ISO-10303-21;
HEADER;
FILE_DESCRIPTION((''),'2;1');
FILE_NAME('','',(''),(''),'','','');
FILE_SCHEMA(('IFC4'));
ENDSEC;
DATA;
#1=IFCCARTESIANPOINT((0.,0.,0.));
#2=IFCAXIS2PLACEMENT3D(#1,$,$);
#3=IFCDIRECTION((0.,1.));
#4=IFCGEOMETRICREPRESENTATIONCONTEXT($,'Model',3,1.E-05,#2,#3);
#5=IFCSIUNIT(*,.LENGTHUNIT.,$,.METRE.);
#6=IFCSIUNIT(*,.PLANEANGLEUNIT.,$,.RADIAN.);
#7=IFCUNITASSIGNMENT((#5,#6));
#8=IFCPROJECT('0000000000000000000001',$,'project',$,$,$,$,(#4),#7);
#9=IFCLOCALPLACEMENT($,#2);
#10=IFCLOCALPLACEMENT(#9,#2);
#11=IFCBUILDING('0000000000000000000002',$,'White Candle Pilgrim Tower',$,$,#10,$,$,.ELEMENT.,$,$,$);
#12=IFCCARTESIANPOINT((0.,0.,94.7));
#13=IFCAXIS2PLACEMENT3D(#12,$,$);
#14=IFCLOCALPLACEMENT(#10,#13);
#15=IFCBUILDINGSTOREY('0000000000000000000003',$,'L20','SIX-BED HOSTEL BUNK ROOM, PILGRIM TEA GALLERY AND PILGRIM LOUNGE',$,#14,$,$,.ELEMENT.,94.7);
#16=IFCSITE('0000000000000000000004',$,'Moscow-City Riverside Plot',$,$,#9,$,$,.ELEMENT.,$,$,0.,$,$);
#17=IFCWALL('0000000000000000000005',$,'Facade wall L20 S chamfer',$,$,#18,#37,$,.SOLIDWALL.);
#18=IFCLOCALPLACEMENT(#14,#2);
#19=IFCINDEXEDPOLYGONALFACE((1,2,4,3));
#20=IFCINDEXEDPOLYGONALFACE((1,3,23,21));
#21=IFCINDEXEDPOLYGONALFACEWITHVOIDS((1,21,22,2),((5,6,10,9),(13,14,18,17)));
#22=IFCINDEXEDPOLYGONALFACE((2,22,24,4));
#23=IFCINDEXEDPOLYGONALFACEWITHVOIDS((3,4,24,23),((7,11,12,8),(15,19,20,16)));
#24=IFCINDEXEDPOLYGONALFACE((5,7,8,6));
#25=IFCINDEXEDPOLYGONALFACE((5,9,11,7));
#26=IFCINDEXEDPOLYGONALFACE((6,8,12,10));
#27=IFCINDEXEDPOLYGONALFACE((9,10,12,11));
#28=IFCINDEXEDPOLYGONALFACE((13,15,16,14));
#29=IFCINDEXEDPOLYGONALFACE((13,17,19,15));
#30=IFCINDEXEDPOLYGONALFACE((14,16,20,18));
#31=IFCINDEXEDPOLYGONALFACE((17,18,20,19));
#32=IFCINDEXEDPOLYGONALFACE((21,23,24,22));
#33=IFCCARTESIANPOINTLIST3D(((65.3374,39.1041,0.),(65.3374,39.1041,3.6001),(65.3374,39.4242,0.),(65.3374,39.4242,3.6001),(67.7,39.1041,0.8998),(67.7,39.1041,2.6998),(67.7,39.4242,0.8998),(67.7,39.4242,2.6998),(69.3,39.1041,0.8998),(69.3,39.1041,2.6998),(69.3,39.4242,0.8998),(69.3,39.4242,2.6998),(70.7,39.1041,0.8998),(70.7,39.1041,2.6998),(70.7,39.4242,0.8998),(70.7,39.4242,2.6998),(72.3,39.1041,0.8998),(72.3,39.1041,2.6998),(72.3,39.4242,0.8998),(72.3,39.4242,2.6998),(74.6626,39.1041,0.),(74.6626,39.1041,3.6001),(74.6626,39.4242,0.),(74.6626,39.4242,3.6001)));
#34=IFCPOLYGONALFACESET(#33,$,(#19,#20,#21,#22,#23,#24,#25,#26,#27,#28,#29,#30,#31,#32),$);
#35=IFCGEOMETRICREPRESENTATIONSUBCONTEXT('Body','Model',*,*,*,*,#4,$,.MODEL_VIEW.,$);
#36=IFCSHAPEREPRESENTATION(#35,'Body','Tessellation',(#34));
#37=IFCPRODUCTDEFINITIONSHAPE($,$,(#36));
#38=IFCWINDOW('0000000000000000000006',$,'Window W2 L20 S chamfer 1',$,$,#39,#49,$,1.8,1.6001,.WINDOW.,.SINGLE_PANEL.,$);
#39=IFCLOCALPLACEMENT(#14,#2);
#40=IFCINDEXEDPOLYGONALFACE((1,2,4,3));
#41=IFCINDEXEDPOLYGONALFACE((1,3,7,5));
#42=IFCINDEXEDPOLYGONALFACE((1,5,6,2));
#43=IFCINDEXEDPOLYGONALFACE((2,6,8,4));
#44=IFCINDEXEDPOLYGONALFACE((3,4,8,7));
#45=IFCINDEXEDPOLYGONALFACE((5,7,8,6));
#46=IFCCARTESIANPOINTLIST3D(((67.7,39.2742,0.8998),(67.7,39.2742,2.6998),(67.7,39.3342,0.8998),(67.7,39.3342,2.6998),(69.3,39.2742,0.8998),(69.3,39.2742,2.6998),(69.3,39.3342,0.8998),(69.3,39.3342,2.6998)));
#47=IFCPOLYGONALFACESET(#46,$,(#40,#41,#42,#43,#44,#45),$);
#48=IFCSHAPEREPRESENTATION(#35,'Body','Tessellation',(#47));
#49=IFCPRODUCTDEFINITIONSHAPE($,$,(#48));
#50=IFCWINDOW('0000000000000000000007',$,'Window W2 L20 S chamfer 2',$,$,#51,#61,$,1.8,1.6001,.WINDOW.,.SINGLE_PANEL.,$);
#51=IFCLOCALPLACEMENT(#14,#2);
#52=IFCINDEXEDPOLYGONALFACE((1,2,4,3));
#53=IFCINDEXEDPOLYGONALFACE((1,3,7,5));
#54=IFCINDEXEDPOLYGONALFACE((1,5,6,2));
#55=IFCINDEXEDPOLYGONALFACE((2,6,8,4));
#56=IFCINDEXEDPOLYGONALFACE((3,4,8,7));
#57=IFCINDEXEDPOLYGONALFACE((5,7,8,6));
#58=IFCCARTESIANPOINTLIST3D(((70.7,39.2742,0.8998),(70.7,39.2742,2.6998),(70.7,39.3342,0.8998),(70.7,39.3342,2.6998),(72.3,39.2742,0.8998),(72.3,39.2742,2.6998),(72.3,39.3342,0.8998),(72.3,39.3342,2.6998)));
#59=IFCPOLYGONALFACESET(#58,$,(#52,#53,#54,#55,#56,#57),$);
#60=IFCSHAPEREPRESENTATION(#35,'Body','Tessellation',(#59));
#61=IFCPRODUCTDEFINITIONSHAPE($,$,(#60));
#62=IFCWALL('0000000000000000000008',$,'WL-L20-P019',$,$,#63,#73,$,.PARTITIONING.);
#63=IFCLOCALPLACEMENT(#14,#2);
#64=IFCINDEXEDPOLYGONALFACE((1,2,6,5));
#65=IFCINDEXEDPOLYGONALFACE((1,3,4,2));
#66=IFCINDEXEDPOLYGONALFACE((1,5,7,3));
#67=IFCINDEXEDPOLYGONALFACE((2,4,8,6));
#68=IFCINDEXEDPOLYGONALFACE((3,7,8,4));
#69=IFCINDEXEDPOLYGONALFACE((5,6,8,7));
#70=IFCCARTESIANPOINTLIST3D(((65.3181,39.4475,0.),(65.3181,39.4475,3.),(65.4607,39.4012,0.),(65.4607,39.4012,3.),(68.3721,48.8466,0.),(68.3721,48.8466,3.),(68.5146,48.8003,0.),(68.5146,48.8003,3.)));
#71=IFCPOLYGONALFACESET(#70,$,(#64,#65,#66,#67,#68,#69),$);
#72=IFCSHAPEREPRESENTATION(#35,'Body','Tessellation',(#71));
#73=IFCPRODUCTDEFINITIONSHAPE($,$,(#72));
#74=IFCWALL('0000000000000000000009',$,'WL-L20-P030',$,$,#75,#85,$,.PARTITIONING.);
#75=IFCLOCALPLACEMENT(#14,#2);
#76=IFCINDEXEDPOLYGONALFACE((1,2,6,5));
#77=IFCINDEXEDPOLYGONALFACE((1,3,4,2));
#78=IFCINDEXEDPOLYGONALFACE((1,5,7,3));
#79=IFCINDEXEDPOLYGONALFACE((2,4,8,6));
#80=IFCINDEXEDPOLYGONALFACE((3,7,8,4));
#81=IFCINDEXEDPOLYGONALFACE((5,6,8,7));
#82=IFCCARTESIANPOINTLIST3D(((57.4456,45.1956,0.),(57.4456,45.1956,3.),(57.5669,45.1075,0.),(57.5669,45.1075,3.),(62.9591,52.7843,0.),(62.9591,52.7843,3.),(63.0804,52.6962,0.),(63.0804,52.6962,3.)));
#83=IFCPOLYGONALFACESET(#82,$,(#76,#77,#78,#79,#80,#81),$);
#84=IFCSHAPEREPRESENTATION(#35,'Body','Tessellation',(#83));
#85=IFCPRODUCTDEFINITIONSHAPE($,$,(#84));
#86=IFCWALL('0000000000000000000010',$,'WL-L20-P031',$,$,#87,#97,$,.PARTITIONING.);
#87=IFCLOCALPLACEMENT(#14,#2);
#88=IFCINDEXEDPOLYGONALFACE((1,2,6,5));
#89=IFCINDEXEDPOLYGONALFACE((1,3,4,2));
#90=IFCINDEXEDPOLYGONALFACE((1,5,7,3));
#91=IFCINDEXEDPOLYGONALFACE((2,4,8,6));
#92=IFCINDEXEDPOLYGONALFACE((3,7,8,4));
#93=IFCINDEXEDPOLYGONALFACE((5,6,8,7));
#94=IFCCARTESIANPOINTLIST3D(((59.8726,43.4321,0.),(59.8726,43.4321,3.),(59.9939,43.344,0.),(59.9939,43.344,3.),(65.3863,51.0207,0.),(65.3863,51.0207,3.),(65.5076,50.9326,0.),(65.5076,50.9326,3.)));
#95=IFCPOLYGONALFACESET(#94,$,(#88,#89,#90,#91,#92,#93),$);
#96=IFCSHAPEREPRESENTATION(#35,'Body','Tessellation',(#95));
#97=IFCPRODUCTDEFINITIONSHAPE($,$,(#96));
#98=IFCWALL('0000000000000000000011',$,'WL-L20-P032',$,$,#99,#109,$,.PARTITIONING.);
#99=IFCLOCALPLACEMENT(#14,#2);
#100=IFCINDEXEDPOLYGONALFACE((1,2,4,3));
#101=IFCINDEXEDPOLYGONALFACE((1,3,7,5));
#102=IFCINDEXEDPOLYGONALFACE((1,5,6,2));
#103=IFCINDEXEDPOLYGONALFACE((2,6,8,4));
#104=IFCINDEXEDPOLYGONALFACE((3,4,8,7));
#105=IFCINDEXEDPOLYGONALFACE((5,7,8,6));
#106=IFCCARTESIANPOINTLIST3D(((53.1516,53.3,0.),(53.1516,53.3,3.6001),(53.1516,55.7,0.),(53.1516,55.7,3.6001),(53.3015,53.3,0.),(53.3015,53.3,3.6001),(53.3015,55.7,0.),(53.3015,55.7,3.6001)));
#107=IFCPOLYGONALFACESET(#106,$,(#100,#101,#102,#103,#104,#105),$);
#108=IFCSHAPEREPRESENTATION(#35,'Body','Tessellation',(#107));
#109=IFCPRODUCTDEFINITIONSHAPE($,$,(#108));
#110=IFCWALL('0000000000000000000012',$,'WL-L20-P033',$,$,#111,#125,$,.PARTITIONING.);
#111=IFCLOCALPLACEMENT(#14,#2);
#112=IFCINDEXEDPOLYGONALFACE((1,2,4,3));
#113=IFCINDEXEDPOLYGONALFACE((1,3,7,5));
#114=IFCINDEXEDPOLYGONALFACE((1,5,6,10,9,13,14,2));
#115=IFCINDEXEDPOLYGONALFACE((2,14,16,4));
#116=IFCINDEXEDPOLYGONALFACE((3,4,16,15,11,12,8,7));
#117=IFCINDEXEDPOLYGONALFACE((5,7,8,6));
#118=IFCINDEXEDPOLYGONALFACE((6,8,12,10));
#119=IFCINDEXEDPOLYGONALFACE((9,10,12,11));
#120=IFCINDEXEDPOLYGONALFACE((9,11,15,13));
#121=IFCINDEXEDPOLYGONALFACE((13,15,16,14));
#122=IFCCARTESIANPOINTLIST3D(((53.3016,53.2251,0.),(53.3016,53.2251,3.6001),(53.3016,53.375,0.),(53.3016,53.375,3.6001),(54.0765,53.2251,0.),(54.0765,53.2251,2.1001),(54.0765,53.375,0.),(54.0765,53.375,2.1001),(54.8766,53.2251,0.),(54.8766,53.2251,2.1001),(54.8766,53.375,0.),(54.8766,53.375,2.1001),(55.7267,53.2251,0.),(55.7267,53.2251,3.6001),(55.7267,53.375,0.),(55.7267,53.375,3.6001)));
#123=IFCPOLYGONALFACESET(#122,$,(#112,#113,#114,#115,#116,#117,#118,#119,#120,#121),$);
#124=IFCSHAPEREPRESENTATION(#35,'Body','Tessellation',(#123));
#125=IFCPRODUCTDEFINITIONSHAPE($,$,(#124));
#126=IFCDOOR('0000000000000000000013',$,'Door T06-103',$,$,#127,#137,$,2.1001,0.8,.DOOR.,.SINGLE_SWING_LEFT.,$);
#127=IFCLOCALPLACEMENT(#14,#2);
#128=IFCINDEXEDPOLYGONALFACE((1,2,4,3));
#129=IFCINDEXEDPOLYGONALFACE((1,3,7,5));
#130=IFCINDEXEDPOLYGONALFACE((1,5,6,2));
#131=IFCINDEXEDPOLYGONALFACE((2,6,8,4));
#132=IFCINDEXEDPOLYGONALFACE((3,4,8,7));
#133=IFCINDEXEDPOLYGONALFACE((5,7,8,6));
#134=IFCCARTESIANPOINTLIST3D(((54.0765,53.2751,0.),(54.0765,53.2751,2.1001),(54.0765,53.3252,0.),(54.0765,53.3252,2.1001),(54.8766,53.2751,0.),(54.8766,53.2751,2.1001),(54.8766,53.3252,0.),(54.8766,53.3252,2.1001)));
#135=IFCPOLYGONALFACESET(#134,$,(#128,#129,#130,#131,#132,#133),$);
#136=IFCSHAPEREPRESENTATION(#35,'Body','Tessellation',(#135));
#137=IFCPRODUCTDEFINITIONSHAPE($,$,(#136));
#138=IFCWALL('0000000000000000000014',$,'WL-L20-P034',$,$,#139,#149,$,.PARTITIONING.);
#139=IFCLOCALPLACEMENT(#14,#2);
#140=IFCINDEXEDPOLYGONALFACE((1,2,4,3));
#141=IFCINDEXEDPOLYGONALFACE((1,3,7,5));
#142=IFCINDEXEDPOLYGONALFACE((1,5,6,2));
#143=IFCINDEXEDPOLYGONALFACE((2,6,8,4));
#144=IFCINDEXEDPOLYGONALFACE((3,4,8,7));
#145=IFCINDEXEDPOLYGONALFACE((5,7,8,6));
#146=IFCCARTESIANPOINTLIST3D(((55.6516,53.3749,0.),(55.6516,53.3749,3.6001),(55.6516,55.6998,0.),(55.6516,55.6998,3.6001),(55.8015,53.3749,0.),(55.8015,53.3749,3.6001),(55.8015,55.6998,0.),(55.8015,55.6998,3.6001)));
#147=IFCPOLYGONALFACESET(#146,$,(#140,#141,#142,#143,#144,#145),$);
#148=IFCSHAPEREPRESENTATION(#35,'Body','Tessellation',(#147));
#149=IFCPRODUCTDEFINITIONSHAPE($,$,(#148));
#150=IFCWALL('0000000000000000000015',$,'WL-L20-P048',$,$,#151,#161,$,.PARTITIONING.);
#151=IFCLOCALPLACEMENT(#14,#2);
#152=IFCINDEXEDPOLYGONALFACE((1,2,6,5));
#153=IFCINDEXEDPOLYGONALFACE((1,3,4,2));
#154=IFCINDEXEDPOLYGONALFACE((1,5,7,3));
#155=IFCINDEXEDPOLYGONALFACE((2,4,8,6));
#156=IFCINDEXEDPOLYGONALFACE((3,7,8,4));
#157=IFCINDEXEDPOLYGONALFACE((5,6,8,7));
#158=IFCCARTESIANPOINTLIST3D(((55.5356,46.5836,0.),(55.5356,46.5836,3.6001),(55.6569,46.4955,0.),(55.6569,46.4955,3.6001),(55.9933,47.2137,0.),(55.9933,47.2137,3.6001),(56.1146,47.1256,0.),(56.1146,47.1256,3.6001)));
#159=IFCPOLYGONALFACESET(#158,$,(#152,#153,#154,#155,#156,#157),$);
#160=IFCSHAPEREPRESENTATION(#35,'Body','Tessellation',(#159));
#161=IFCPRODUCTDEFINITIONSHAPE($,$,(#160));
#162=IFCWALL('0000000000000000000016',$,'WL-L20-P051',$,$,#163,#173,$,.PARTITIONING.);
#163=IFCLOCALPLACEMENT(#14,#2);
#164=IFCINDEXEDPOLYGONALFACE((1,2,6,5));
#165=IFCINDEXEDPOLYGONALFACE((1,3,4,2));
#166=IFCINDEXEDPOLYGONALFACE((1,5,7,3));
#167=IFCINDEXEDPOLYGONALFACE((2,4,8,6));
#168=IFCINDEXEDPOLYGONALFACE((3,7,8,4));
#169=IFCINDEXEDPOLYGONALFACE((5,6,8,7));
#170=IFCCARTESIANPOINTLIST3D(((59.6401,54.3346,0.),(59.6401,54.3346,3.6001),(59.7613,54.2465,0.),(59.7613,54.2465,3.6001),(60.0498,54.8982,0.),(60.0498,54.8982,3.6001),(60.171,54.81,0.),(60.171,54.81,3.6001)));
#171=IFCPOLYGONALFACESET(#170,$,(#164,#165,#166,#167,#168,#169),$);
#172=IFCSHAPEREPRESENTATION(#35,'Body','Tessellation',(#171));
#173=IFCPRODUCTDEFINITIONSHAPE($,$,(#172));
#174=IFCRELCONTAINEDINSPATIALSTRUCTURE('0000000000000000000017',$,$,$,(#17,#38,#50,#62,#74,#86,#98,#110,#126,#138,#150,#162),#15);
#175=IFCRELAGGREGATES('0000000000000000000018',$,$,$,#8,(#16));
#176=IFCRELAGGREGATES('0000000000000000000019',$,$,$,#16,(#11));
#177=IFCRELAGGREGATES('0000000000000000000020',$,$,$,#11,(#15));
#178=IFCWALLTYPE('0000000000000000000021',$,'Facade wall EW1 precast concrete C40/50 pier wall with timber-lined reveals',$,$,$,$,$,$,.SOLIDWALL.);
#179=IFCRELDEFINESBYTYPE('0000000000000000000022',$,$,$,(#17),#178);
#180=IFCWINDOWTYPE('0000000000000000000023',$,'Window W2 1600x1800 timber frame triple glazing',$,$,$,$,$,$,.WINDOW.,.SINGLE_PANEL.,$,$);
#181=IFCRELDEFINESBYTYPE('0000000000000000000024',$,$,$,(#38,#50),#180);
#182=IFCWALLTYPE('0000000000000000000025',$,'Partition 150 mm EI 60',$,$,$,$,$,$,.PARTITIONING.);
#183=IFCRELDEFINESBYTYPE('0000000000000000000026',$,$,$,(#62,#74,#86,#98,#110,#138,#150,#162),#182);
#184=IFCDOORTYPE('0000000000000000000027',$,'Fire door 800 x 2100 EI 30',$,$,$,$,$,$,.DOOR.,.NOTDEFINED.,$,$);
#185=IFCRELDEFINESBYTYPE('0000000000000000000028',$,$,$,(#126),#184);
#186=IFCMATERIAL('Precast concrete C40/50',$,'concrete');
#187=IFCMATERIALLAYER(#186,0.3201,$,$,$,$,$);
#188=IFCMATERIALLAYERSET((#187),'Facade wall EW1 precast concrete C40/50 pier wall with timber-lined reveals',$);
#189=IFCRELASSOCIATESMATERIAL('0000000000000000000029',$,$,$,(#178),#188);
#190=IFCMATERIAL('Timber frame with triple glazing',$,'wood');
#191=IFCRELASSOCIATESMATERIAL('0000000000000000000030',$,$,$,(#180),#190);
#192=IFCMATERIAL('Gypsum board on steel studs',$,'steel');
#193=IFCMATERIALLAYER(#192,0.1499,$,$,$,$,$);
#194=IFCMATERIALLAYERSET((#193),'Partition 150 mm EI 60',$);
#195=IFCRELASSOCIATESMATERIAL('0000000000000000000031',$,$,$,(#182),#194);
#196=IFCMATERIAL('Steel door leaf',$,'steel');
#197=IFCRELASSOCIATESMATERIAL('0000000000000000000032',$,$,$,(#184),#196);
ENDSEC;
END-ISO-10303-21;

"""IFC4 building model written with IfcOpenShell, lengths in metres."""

from ifc_helpers import new_model, si_unit, direction, frame, frame_2d, origin, place, context, subcontext, project, spatial, rectangle, extrude, material, layer, layer_set, type_object, element, fill, save


model = new_model("IFC4")

# Units and contexts
model_context = context("Model", 3, precision=1e-05, world=origin(), true_north=direction((0.0, 1.0)))
body_context = subcontext(model_context, "Body", "Model", "MODEL_VIEW")
ifc_project = project(units=[si_unit("LENGTHUNIT", "METRE"), si_unit("PLANEANGLEUNIT", "RADIAN")], contexts=[model_context])

# Site, building, storey
site_placement = place(None, origin())
site = spatial("IfcSite", under=ifc_project, at=site_placement, Name="Moscow-City Riverside Plot", CompositionType="ELEMENT", RefElevation=0.0)
building_placement = place(site_placement, origin())
building = spatial("IfcBuilding", under=site, at=building_placement, Name="White Candle Pilgrim Tower", CompositionType="ELEMENT")
storey_placement = place(building_placement, frame((0.0, 0.0, 94.7)))
storey = spatial("IfcBuildingStorey", under=building, at=storey_placement, Name="L20", Description="SIX-BED HOSTEL BUNK ROOM, PILGRIM TEA GALLERY AND PILGRIM LOUNGE", CompositionType="ELEMENT", Elevation=94.7)

# Wall, openings, windows
ifc_material_1 = material(Name="Precast concrete C40/50", Category="concrete")
ifc_layer_1 = layer(ifc_material_1, 0.3201)
ifc_layer_set_1 = layer_set([ifc_layer_1], Name="Facade wall EW1 precast concrete C40/50 pier wall with timber-lined reveals")
wall_type_1 = type_object("IfcWallType", Name="Facade wall EW1 precast concrete C40/50 pier wall with timber-lined reveals", PredefinedType="SOLIDWALL", material=ifc_layer_set_1)
wall_1_placement = place(storey_placement, frame((65.3374, 39.2642, 0.0), z_axis=(0.0, 0.0, 1.0), x_axis=(1.0, 0.0, 0.0)))
wall_1 = element("IfcWall", 1, at=wall_1_placement, inside=storey, type_object=wall_type_1, Name="Facade wall L20 S chamfer", PredefinedType="SOLIDWALL", context=body_context, shape_type="SweptSolid", body=[
    extrude(rectangle(XDim=9.3252, YDim=0.3201, at=frame_2d((4.6626, 0.0))), origin(), (0.0, 0.0, 1.0), 3.6001),
])
opening_1_placement = place(wall_1_placement, frame((2.3625, 0.0, 0.8999)))
opening_1 = element("IfcOpeningElement", 2, at=opening_1_placement, cuts=wall_1, PredefinedType="OPENING", context=body_context, shape_type="SweptSolid", body=[
    extrude(rectangle(XDim=1.6001, YDim=1.8, at=frame_2d((0.8, 0.8999))), frame((0.0, 0.1699, 0.0), z_axis=(0.0, -1.0, 0.0), x_axis=(1.0, 0.0, 0.0)), (0.0, 0.0, 1.0), 0.3401),
])
opening_2_placement = place(wall_1_placement, frame((5.3625, 0.0, 0.8999)))
opening_2 = element("IfcOpeningElement", 3, at=opening_2_placement, cuts=wall_1, PredefinedType="OPENING", context=body_context, shape_type="SweptSolid", body=[
    extrude(rectangle(XDim=1.6001, YDim=1.8, at=frame_2d((0.8, 0.8999))), frame((0.0, 0.1699, 0.0), z_axis=(0.0, -1.0, 0.0), x_axis=(1.0, 0.0, 0.0)), (0.0, 0.0, 1.0), 0.3401),
])
ifc_material_2 = material(Name="Timber frame with triple glazing", Category="wood")
window_type = type_object("IfcWindowType", Name="Window W2 1600x1800 timber frame triple glazing", PartitioningType="SINGLE_PANEL", PredefinedType="WINDOW", material=ifc_material_2)
window_1_placement = place(opening_1_placement, origin())
window_1 = element("IfcWindow", 4, at=window_1_placement, inside=storey, type_object=window_type, Name="Window W2 L20 S chamfer 1", OverallHeight=1.8, OverallWidth=1.6001, PartitioningType="SINGLE_PANEL", PredefinedType="WINDOW", context=body_context, shape_type="SweptSolid", body=[
    extrude(rectangle(XDim=1.6001, YDim=1.8, at=frame_2d((0.8, 0.8999))), frame((0.0, 0.0701, 0.0), z_axis=(0.0, -1.0, 0.0), x_axis=(1.0, 0.0, 0.0)), (0.0, 0.0, 1.0), 0.0601),
])
fill(opening_1, window_1)
window_2_placement = place(opening_2_placement, origin())
window_2 = element("IfcWindow", 5, at=window_2_placement, inside=storey, type_object=window_type, Name="Window W2 L20 S chamfer 2", OverallHeight=1.8, OverallWidth=1.6001, PartitioningType="SINGLE_PANEL", PredefinedType="WINDOW", context=body_context, shape_type="SweptSolid", body=[
    extrude(rectangle(XDim=1.6001, YDim=1.8, at=frame_2d((0.8, 0.8999))), frame((0.0, 0.0701, 0.0), z_axis=(0.0, -1.0, 0.0), x_axis=(1.0, 0.0, 0.0)), (0.0, 0.0, 1.0), 0.0601),
])
fill(opening_2, window_2)

# Walls
ifc_material_3 = material(Name="Gypsum board on steel studs", Category="steel")
ifc_layer_2 = layer(ifc_material_3, 0.1499)
ifc_layer_set_2 = layer_set([ifc_layer_2], Name="Partition 150 mm EI 60")
wall_type_2 = type_object("IfcWallType", Name="Partition 150 mm EI 60", PredefinedType="PARTITIONING", material=ifc_layer_set_2)
wall_2_placement = place(storey_placement, frame((65.3894, 39.4243, 0.0), z_axis=(0.0, 0.0, 1.0), x_axis=(0.309015, 0.951057, 0.0)))
element("IfcWall", 6, at=wall_2_placement, inside=storey, type_object=wall_type_2, Name="WL-L20-P019", PredefinedType="PARTITIONING", context=body_context, shape_type="SweptSolid", body=[
    extrude(rectangle(XDim=9.8828, YDim=0.1499, at=frame_2d((4.9414, 0.0))), origin(), (0.0, 0.0, 1.0), 3.0),
])
for number, where, z_axis, x_axis, name in (
    (7, (57.5063, 45.1516, 0.0), (0.0, 0.0, 1.0), (0.587783, 0.809018, 0.0), "WL-L20-P030"),
    (8, (59.9333, 43.3882, 0.0), (0.0, 0.0, 1.0), (0.5878, 0.809006, 0.0), "WL-L20-P031"),
):
    element("IfcWall", number, at=place(storey_placement, frame(where, z_axis=z_axis, x_axis=x_axis)), inside=storey, type_object=wall_type_2, Name=name, PredefinedType="PARTITIONING", context=body_context, shape_type="SweptSolid", body=[
        extrude(rectangle(XDim=9.3801, YDim=0.1499, at=frame_2d((4.6899, 0.0))), origin(), (0.0, 0.0, 1.0), 3.0),
    ])
wall_3_placement = place(storey_placement, frame((53.2266, 55.7, 0.0), z_axis=(0.0, 0.0, 1.0), x_axis=(0.0, -1.0, 0.0)))
element("IfcWall", 9, at=wall_3_placement, inside=storey, type_object=wall_type_2, Name="WL-L20-P032", PredefinedType="PARTITIONING", context=body_context, shape_type="SweptSolid", body=[
    extrude(rectangle(XDim=2.3999, YDim=0.1499, at=frame_2d((1.2, 0.0))), origin(), (0.0, 0.0, 1.0), 3.6001),
])

# Wall, opening, door
wall_4_placement = place(storey_placement, frame((55.7266, 53.3, 0.0), z_axis=(0.0, 0.0, 1.0), x_axis=(-1.0, 0.0, 0.0)))
wall_4 = element("IfcWall", 10, at=wall_4_placement, inside=storey, type_object=wall_type_2, Name="WL-L20-P033", PredefinedType="PARTITIONING", context=body_context, shape_type="SweptSolid", body=[
    extrude(rectangle(XDim=2.425, YDim=0.1499, at=frame_2d((1.2124, 0.0))), origin(), (0.0, 0.0, 1.0), 3.6001),
])
opening_3_placement = place(wall_4_placement, frame((0.8501, 0.0, 0.0)))
opening_3 = element("IfcOpeningElement", 11, at=opening_3_placement, cuts=wall_4, PredefinedType="OPENING", context=body_context, shape_type="SweptSolid", body=[
    extrude(rectangle(XDim=0.8, YDim=2.1001, at=frame_2d((0.3999, 1.05))), frame((0.0, 0.085, 0.0), z_axis=(0.0, -1.0, 0.0), x_axis=(1.0, 0.0, 0.0)), (0.0, 0.0, 1.0), 0.1699),
])
ifc_material_4 = material(Name="Steel door leaf", Category="steel")
door_type = type_object("IfcDoorType", Name="Fire door 800 x 2100 EI 30", OperationType="NOTDEFINED", PredefinedType="DOOR", material=ifc_material_4)
door_placement = place(opening_3_placement, origin())
door = element("IfcDoor", 12, at=door_placement, inside=storey, type_object=door_type, Name="Door T06-103", OperationType="SINGLE_SWING_LEFT", OverallHeight=2.1001, OverallWidth=0.8, PredefinedType="DOOR", context=body_context, shape_type="SweptSolid", body=[
    extrude(rectangle(XDim=0.8, YDim=2.1001, at=frame_2d((0.3999, 1.05))), frame((0.0, 0.0249, 0.0), z_axis=(0.0, -1.0, 0.0), x_axis=(1.0, 0.0, 0.0)), (0.0, 0.0, 1.0), 0.05),
])
fill(opening_3, door)

# Walls
wall_5_placement = place(storey_placement, frame((55.7266, 55.7, 0.0), z_axis=(0.0, 0.0, 1.0), x_axis=(0.0, -1.0, 0.0)))
element("IfcWall", 13, at=wall_5_placement, inside=storey, type_object=wall_type_2, Name="WL-L20-P034", PredefinedType="PARTITIONING", context=body_context, shape_type="SweptSolid", body=[
    extrude(rectangle(XDim=2.325, YDim=0.1499, at=frame_2d((1.1626, 0.0))), origin(), (0.0, 0.0, 1.0), 3.6001),
])
wall_6_placement = place(storey_placement, frame((56.054, 47.1697, 0.0), z_axis=(0.0, 0.0, 1.0), x_axis=(-0.587743, -0.809048, 0.0)))
element("IfcWall", 14, at=wall_6_placement, inside=storey, type_object=wall_type_2, Name="WL-L20-P048", PredefinedType="PARTITIONING", context=body_context, shape_type="SweptSolid", body=[
    extrude(rectangle(XDim=0.7788, YDim=0.1499, at=frame_2d((0.3894, 0.0))), origin(), (0.0, 0.0, 1.0), 3.6001),
])
wall_7_placement = place(storey_placement, frame((59.7007, 54.2905, 0.0), z_axis=(0.0, 0.0, 1.0), x_axis=(0.588047, 0.808827, 0.0)))
element("IfcWall", 15, at=wall_7_placement, inside=storey, type_object=wall_type_2, Name="WL-L20-P051", PredefinedType="PARTITIONING", context=body_context, shape_type="SweptSolid", body=[
    extrude(rectangle(XDim=0.6968, YDim=0.1499, at=frame_2d((0.3484, 0.0))), origin(), (0.0, 0.0, 1.0), 3.6001),
])

save(model, "model.ifc")
